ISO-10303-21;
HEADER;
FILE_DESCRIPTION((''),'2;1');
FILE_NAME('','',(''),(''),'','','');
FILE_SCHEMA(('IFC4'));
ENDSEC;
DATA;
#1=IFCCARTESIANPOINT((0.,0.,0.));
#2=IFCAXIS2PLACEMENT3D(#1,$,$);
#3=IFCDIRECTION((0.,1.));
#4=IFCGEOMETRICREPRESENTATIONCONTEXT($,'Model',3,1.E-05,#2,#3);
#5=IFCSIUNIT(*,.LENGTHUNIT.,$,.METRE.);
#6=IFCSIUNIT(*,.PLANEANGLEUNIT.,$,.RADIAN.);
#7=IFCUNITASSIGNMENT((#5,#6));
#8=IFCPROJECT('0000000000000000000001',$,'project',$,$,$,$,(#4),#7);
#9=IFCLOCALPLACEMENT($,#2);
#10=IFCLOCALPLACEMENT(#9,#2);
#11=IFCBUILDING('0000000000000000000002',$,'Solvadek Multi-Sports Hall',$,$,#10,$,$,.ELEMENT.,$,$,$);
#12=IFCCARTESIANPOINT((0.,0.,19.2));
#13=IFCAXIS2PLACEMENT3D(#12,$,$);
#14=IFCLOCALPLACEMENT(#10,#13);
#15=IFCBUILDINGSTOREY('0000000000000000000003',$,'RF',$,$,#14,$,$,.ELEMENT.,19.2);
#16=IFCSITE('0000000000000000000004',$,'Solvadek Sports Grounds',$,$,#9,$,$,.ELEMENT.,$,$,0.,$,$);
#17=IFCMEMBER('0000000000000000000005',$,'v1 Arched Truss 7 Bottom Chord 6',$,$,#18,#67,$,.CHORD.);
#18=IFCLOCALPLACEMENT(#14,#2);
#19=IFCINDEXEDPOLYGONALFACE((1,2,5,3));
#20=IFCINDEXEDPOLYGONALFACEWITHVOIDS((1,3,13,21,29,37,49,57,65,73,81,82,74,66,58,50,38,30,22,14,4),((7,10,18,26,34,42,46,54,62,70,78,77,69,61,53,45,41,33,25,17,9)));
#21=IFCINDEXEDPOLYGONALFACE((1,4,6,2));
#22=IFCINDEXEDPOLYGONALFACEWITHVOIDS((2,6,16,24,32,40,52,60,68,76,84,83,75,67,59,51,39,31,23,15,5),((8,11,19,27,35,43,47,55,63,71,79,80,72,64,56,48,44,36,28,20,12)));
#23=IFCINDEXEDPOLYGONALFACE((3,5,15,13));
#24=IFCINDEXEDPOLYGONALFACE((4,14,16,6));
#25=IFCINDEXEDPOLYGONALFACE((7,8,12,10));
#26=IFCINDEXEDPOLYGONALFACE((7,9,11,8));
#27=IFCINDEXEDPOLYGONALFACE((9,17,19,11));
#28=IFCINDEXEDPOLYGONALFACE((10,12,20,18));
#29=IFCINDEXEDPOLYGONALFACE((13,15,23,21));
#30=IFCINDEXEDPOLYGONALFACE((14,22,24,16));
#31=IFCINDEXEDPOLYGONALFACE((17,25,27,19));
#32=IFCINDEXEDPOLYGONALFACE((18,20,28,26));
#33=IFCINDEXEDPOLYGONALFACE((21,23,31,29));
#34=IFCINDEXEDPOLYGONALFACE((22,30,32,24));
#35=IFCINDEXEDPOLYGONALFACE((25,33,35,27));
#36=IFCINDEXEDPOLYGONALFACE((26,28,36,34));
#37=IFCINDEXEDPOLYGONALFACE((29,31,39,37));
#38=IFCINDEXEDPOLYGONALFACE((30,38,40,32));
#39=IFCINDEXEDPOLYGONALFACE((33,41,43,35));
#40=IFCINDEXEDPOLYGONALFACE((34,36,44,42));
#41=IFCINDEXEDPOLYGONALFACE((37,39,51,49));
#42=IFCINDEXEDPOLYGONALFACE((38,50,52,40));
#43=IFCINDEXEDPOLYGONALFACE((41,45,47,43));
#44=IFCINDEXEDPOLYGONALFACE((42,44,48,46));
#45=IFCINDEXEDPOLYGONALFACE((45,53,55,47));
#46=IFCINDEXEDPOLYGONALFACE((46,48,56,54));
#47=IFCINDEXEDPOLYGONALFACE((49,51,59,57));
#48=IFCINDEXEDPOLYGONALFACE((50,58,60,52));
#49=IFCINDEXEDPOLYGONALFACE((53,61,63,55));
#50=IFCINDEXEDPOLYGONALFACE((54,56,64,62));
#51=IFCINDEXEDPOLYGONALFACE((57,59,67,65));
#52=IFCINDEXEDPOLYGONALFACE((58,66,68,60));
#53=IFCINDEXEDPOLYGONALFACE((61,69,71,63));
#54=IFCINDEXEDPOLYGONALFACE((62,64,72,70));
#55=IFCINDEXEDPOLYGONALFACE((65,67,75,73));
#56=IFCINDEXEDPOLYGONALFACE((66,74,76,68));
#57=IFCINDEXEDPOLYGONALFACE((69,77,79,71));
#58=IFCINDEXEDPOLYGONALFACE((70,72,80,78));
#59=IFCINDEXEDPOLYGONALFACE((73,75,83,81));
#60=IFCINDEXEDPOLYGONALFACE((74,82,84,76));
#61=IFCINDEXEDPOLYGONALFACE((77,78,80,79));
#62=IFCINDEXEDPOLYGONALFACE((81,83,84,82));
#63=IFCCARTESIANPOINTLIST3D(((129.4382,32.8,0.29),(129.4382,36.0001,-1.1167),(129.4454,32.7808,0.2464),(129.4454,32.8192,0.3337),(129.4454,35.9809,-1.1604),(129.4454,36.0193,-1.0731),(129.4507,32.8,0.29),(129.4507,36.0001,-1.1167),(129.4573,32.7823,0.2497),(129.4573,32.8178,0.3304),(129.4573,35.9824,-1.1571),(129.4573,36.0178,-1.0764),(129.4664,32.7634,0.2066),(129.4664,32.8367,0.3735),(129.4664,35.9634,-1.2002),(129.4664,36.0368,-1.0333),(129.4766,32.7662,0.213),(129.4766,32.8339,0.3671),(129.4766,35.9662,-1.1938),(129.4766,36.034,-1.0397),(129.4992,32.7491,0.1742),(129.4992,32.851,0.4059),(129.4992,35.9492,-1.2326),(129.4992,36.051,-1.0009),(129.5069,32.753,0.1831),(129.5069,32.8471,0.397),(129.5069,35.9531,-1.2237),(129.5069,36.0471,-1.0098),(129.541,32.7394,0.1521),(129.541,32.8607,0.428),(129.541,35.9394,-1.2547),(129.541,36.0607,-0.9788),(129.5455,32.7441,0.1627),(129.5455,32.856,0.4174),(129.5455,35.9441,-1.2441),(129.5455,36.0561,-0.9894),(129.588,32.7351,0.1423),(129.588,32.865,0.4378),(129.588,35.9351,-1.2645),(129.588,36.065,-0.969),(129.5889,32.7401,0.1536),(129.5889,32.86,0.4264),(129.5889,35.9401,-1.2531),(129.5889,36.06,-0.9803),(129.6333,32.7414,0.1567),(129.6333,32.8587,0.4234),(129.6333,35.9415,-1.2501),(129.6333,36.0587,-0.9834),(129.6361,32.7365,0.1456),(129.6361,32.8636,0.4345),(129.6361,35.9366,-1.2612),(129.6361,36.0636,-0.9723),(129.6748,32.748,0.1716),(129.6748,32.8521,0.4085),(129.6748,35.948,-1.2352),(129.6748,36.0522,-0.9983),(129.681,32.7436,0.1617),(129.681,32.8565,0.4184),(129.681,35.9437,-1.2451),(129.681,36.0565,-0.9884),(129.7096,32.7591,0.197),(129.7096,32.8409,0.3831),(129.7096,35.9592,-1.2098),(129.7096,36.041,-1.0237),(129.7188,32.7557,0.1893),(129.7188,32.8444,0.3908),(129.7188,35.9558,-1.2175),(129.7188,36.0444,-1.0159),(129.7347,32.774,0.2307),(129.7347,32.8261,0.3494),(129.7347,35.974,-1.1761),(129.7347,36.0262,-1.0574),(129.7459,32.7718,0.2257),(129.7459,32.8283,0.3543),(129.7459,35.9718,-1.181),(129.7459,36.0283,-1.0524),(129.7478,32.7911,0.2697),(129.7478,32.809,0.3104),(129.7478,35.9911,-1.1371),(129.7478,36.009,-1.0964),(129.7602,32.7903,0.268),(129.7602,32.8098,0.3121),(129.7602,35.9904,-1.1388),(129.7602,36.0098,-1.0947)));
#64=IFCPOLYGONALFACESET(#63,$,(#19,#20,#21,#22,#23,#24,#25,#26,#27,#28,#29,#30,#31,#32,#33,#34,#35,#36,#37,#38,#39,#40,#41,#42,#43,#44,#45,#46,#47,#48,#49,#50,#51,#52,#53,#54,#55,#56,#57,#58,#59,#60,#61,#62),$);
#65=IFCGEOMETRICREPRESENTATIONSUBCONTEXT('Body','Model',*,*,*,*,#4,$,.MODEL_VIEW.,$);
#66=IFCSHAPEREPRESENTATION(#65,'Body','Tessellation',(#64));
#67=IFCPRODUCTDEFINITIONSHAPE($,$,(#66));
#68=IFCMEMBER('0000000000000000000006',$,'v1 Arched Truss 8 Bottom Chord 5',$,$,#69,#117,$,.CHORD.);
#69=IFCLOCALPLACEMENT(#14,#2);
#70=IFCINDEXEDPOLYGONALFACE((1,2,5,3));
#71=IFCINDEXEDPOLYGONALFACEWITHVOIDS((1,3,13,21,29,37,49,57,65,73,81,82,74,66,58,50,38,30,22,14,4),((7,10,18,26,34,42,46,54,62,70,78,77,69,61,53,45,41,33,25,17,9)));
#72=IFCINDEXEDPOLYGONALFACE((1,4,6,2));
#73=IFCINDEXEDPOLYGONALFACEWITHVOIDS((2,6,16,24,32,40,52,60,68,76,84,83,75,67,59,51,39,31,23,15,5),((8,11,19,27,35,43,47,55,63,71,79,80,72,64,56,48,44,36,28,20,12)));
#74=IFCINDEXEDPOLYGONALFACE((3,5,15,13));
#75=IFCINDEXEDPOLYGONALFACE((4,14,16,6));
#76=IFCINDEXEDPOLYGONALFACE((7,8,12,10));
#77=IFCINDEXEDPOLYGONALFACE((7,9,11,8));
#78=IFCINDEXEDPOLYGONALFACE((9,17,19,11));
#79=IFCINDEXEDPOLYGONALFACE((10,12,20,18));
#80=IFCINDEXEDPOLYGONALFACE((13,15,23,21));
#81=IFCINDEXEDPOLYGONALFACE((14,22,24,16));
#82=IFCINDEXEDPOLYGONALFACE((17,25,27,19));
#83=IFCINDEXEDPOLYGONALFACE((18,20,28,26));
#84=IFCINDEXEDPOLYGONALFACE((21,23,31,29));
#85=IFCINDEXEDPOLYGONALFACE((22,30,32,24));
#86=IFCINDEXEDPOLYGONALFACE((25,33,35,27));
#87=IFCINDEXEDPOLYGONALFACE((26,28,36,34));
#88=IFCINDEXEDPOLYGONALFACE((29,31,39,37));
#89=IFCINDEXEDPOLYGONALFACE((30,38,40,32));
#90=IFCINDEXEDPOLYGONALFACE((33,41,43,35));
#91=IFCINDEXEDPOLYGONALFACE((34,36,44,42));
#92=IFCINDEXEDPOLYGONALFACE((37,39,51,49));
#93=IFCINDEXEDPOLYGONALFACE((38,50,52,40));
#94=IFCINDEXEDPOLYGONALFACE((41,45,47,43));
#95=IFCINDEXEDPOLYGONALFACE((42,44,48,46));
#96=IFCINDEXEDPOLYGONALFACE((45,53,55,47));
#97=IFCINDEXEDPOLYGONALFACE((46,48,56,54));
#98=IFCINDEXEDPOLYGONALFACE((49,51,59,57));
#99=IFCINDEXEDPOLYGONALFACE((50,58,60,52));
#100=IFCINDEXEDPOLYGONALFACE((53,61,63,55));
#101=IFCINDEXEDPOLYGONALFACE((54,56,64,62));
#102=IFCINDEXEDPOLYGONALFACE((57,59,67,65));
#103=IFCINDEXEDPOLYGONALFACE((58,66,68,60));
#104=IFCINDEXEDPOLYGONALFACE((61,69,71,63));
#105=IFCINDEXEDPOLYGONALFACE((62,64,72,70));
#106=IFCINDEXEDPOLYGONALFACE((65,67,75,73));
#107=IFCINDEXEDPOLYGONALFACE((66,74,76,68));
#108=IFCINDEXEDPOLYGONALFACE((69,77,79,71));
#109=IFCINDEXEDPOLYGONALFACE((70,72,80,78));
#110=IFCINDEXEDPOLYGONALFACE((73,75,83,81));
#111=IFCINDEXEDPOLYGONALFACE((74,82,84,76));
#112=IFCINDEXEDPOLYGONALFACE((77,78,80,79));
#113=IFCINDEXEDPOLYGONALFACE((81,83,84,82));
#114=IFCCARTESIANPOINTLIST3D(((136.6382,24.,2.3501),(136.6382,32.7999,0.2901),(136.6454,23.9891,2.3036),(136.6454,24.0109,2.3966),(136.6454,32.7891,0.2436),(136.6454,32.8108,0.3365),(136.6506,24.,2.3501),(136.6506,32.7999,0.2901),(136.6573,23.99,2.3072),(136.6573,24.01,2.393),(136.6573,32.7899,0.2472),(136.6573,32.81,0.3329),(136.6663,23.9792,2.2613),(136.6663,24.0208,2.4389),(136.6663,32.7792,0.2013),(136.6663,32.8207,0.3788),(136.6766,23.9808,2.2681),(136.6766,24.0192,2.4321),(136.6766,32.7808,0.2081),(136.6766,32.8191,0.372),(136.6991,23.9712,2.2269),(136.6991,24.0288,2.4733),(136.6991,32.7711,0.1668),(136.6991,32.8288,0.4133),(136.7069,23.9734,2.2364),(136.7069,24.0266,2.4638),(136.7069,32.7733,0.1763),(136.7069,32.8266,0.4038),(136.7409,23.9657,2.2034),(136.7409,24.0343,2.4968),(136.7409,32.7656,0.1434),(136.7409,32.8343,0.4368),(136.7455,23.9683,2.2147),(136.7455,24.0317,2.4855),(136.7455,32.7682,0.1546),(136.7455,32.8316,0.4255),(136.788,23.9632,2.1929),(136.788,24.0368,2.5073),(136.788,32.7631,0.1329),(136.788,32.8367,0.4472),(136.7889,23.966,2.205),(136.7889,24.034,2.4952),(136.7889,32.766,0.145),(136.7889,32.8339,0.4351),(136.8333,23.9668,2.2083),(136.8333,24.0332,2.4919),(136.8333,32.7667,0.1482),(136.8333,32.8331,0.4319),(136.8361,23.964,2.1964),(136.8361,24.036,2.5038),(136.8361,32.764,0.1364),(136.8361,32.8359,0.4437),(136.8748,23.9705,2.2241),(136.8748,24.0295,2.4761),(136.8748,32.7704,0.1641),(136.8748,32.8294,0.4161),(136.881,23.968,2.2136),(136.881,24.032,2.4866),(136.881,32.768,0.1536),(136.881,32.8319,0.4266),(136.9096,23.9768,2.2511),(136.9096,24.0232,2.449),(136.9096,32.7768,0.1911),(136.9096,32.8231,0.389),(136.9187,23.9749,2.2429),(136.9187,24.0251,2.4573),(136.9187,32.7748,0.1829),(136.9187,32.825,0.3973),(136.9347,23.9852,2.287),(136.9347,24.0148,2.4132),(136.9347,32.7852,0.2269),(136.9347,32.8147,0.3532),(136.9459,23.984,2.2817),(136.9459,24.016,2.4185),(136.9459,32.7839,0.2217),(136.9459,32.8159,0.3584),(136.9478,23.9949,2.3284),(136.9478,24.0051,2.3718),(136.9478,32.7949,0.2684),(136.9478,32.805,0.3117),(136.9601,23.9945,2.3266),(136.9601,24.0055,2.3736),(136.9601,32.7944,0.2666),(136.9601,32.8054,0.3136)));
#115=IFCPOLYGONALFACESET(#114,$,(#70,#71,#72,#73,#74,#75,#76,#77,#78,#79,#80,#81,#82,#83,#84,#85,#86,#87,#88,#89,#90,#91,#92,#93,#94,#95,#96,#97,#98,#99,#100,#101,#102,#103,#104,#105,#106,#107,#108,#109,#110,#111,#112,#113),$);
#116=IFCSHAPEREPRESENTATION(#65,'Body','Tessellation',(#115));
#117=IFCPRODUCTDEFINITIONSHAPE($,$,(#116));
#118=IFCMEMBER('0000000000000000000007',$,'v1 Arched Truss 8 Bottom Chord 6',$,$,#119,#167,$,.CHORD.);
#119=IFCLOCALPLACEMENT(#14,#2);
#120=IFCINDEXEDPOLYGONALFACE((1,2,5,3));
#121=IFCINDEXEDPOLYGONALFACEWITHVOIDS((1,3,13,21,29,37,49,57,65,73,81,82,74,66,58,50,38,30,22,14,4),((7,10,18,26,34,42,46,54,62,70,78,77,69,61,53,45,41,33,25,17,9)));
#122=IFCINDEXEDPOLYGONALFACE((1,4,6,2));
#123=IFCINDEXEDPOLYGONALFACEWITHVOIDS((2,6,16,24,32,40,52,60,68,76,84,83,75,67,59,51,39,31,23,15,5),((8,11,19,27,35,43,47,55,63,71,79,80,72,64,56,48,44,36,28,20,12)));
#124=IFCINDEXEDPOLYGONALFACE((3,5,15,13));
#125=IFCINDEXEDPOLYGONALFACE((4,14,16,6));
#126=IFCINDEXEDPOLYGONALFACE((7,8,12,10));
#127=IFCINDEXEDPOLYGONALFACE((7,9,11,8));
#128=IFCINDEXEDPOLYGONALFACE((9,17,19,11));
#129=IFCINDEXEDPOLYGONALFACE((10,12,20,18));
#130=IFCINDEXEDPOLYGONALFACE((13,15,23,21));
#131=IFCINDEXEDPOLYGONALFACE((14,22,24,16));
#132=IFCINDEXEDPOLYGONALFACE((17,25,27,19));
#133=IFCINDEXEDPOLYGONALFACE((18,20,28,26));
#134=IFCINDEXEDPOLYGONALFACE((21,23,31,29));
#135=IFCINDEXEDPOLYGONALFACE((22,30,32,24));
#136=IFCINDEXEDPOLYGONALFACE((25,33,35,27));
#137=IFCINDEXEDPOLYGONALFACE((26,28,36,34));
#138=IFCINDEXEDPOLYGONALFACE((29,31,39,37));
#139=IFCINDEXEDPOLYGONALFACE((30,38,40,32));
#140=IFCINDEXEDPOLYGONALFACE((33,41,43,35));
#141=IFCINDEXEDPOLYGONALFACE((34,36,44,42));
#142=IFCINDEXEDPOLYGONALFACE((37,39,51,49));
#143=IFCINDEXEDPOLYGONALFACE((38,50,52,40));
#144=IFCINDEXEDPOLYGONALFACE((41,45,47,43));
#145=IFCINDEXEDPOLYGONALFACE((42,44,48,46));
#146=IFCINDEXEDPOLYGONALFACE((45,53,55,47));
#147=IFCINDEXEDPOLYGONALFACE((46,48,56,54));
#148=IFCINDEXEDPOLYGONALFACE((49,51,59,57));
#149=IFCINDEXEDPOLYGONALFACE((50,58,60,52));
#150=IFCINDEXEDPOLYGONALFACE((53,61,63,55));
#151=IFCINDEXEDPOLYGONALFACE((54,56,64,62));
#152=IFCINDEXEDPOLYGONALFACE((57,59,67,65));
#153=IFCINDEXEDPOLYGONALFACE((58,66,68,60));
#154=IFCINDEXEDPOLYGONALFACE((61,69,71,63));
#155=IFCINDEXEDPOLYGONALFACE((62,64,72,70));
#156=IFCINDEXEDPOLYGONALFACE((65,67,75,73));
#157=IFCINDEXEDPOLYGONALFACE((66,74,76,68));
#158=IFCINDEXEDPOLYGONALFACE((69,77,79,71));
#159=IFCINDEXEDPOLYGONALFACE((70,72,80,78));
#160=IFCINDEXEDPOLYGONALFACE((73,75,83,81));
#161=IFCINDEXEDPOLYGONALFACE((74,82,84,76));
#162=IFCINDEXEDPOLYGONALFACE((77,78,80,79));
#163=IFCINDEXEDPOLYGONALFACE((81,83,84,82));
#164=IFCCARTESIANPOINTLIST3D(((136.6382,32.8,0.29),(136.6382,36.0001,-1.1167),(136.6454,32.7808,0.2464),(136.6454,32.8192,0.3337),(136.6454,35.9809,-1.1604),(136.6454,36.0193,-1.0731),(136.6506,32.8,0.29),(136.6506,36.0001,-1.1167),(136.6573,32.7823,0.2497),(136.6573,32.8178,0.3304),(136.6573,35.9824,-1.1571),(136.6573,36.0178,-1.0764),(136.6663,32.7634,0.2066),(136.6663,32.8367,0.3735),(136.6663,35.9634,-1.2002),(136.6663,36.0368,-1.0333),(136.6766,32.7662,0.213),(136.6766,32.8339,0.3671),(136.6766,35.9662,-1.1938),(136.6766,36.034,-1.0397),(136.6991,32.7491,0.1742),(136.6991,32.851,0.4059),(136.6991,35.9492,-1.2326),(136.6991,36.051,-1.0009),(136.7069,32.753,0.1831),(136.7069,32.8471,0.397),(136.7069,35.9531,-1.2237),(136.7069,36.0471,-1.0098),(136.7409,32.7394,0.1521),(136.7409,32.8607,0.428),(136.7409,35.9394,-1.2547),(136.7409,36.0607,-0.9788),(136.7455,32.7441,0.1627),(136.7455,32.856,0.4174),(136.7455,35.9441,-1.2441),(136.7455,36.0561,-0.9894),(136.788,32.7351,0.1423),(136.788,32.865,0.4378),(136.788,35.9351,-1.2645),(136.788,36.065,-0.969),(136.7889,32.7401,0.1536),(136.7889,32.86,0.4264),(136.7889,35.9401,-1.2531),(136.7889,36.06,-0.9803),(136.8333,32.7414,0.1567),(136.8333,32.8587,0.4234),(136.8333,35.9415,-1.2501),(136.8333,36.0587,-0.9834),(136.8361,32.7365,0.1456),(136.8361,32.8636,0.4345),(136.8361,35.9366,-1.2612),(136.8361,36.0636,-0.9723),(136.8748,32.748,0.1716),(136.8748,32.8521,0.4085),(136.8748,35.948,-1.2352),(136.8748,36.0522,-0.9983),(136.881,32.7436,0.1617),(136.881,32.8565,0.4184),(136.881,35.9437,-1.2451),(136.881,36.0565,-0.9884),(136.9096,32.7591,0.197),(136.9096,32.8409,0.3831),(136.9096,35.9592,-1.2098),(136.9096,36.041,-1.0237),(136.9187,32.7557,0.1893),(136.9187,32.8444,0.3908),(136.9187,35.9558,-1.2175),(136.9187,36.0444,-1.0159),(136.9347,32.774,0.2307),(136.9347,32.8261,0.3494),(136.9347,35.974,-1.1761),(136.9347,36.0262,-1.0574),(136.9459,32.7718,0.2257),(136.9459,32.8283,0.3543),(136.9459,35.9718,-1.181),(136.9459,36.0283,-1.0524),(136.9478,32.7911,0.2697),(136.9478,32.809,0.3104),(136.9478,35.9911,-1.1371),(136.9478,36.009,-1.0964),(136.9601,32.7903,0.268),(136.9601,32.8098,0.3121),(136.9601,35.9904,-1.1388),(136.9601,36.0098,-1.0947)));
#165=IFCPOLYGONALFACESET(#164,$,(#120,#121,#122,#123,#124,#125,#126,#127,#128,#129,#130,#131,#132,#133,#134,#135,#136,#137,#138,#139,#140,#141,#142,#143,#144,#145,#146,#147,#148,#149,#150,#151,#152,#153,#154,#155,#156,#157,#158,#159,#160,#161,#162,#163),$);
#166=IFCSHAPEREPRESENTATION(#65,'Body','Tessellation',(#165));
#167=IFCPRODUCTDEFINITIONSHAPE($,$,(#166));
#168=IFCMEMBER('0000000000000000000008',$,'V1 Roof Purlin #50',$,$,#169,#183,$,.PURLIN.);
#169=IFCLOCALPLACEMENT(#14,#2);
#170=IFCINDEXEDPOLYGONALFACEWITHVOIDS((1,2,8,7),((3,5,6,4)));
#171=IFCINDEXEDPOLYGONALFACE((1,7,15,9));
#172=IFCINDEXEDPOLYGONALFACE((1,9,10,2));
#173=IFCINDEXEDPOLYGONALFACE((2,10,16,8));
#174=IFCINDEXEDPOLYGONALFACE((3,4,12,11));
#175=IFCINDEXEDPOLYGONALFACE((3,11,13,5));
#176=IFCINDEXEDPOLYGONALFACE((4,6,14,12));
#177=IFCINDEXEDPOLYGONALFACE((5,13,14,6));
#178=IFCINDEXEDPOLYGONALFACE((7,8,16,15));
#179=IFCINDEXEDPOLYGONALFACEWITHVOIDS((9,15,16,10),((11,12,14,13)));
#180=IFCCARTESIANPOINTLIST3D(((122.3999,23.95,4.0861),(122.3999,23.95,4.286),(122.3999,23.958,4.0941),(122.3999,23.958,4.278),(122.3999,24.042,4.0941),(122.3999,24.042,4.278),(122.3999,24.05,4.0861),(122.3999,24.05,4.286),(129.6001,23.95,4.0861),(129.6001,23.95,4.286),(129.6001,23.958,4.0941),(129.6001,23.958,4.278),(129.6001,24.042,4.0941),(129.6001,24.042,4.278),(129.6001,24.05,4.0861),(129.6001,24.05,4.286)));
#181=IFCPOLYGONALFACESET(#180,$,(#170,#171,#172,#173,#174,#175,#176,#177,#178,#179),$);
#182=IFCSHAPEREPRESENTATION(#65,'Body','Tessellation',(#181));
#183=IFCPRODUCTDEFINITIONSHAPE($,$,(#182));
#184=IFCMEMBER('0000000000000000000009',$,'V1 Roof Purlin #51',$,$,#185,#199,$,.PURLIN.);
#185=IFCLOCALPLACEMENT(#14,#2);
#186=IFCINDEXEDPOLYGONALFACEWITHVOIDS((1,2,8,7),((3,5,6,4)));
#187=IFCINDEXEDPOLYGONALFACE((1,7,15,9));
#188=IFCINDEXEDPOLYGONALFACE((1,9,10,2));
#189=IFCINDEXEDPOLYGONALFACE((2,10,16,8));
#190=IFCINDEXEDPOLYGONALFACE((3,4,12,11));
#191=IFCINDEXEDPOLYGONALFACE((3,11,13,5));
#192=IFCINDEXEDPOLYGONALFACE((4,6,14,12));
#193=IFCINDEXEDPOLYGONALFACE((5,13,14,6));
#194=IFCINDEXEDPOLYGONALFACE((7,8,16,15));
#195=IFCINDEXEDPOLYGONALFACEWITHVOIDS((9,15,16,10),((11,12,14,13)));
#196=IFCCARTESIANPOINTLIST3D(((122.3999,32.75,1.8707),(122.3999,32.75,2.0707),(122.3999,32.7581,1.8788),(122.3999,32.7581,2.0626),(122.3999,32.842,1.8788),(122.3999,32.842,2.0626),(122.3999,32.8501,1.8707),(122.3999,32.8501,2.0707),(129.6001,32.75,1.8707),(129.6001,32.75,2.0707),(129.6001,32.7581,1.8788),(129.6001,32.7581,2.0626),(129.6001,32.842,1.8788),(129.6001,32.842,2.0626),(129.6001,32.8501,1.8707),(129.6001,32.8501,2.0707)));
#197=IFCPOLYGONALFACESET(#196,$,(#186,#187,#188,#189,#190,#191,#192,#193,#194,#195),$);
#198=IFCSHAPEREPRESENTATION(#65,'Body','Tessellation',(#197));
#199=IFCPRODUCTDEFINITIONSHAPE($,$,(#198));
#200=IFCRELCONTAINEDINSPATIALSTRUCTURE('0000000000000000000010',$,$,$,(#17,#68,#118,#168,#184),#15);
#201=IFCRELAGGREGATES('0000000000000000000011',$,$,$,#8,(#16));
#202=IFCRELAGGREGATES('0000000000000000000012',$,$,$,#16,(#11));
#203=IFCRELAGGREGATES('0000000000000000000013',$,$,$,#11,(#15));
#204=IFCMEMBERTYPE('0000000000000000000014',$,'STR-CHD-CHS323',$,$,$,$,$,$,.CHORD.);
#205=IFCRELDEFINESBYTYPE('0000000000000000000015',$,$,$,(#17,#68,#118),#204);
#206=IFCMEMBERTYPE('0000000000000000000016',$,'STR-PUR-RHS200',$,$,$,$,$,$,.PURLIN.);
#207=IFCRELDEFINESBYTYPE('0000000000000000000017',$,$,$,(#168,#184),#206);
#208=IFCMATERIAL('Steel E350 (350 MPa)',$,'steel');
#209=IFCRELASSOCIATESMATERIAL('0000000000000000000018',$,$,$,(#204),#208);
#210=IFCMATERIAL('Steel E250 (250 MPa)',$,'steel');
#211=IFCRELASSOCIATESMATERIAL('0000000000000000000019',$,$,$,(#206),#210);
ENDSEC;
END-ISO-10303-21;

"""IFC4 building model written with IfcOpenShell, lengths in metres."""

from ifc_helpers import new_model, si_unit, direction, frame, origin, origin_2d, place, context, subcontext, project, spatial, hollow_rectangle, hollow_circle, extrude, material, material_profile, profile_set, type_object, element, save


model = new_model("IFC4")

# Units and contexts
model_context = context("Model", 3, precision=1e-05, world=origin(), true_north=direction((0.0, 1.0)))
body_context = subcontext(model_context, "Body", "Model", "MODEL_VIEW")
ifc_project = project(units=[si_unit("LENGTHUNIT", "METRE"), si_unit("PLANEANGLEUNIT", "RADIAN")], contexts=[model_context])

# Site, building, storey
site_placement = place(None, origin())
site = spatial("IfcSite", under=ifc_project, at=site_placement, Name="Solvadek Sports Grounds", CompositionType="ELEMENT", RefElevation=0.0)
building_placement = place(site_placement, origin())
building = spatial("IfcBuilding", under=site, at=building_placement, Name="Solvadek Multi-Sports Hall", CompositionType="ELEMENT")
storey_placement = place(building_placement, frame((0.0, 0.0, 19.2)))
storey = spatial("IfcBuildingStorey", under=building, at=storey_placement, Name="RF", CompositionType="ELEMENT", Elevation=19.2)

# Members
ifc_material_1 = material(Name="Steel E350 (350 MPa)", Category="steel")
ifc_material_profile_1 = material_profile(ifc_material_1, hollow_circle(Radius=0.1619, WallThickness=0.0125, at=origin_2d()), Name="CHS 323.9x12.5")
ifc_profile_set_1 = profile_set([ifc_material_profile_1], Name="Steel E350 (350 MPa)")
member_type_1 = type_object("IfcMemberType", Name="STR-CHD-CHS323", PredefinedType="CHORD", material=ifc_profile_set_1)
member_1_placement = place(storey_placement, frame((129.6001, 32.8, 0.29), z_axis=(0.0, 0.915446, -0.402441), x_axis=(-1.0, 0.0, 0.0)))
element("IfcMember", 1, at=member_1_placement, inside=storey, type_object=member_type_1, Name="v1 Arched Truss 7 Bottom Chord 6", PredefinedType="CHORD", context=body_context, shape_type="SweptSolid", body=[
    extrude(hollow_circle(Radius=0.1619, WallThickness=0.0125, at=origin_2d()), origin(), (0.0, 0.0, 1.0), 3.4956),
])
member_2_placement = place(storey_placement, frame((136.8, 24.0, 2.3501), z_axis=(0.0, 0.973677, -0.227934), x_axis=(-1.0, 0.0, 0.0)))
element("IfcMember", 2, at=member_2_placement, inside=storey, type_object=member_type_1, Name="v1 Arched Truss 8 Bottom Chord 5", PredefinedType="CHORD", context=body_context, shape_type="SweptSolid", body=[
    extrude(hollow_circle(Radius=0.1619, WallThickness=0.0125, at=origin_2d()), origin(), (0.0, 0.0, 1.0), 9.0378),
])
member_3_placement = place(storey_placement, frame((136.8, 32.8, 0.29), z_axis=(0.0, 0.915446, -0.402441), x_axis=(-1.0, 0.0, 0.0)))
element("IfcMember", 3, at=member_3_placement, inside=storey, type_object=member_type_1, Name="v1 Arched Truss 8 Bottom Chord 6", PredefinedType="CHORD", context=body_context, shape_type="SweptSolid", body=[
    extrude(hollow_circle(Radius=0.1619, WallThickness=0.0125, at=origin_2d()), origin(), (0.0, 0.0, 1.0), 3.4956),
])
ifc_material_2 = material(Name="Steel E250 (250 MPa)", Category="steel")
ifc_material_profile_2 = material_profile(ifc_material_2, hollow_rectangle(XDim=0.1001, YDim=0.2, WallThickness=0.0081, at=origin_2d()), Name="RHS 200x100x8")
ifc_profile_set_2 = profile_set([ifc_material_profile_2], Name="Steel E250 (250 MPa)")
member_type_2 = type_object("IfcMemberType", Name="STR-PUR-RHS200", PredefinedType="PURLIN", material=ifc_profile_set_2)
for number, where, z_axis, x_axis, name in (
    (4, (122.3999, 24.0, 4.186), (1.0, 0.0, 0.0), (0.0, 1.0, 0.0), "V1 Roof Purlin #50"),
    (5, (122.3999, 32.8, 1.9707), (1.0, 0.0, 0.0), (0.0, 1.0, 0.0), "V1 Roof Purlin #51"),
):
    element("IfcMember", number, at=place(storey_placement, frame(where, z_axis=z_axis, x_axis=x_axis)), inside=storey, type_object=member_type_2, Name=name, PredefinedType="PURLIN", context=body_context, shape_type="SweptSolid", body=[
        extrude(hollow_rectangle(XDim=0.1001, YDim=0.2, WallThickness=0.0081, at=origin_2d()), origin(), (0.0, 0.0, 1.0), 7.2002),
    ])

save(model, "model.ifc")
